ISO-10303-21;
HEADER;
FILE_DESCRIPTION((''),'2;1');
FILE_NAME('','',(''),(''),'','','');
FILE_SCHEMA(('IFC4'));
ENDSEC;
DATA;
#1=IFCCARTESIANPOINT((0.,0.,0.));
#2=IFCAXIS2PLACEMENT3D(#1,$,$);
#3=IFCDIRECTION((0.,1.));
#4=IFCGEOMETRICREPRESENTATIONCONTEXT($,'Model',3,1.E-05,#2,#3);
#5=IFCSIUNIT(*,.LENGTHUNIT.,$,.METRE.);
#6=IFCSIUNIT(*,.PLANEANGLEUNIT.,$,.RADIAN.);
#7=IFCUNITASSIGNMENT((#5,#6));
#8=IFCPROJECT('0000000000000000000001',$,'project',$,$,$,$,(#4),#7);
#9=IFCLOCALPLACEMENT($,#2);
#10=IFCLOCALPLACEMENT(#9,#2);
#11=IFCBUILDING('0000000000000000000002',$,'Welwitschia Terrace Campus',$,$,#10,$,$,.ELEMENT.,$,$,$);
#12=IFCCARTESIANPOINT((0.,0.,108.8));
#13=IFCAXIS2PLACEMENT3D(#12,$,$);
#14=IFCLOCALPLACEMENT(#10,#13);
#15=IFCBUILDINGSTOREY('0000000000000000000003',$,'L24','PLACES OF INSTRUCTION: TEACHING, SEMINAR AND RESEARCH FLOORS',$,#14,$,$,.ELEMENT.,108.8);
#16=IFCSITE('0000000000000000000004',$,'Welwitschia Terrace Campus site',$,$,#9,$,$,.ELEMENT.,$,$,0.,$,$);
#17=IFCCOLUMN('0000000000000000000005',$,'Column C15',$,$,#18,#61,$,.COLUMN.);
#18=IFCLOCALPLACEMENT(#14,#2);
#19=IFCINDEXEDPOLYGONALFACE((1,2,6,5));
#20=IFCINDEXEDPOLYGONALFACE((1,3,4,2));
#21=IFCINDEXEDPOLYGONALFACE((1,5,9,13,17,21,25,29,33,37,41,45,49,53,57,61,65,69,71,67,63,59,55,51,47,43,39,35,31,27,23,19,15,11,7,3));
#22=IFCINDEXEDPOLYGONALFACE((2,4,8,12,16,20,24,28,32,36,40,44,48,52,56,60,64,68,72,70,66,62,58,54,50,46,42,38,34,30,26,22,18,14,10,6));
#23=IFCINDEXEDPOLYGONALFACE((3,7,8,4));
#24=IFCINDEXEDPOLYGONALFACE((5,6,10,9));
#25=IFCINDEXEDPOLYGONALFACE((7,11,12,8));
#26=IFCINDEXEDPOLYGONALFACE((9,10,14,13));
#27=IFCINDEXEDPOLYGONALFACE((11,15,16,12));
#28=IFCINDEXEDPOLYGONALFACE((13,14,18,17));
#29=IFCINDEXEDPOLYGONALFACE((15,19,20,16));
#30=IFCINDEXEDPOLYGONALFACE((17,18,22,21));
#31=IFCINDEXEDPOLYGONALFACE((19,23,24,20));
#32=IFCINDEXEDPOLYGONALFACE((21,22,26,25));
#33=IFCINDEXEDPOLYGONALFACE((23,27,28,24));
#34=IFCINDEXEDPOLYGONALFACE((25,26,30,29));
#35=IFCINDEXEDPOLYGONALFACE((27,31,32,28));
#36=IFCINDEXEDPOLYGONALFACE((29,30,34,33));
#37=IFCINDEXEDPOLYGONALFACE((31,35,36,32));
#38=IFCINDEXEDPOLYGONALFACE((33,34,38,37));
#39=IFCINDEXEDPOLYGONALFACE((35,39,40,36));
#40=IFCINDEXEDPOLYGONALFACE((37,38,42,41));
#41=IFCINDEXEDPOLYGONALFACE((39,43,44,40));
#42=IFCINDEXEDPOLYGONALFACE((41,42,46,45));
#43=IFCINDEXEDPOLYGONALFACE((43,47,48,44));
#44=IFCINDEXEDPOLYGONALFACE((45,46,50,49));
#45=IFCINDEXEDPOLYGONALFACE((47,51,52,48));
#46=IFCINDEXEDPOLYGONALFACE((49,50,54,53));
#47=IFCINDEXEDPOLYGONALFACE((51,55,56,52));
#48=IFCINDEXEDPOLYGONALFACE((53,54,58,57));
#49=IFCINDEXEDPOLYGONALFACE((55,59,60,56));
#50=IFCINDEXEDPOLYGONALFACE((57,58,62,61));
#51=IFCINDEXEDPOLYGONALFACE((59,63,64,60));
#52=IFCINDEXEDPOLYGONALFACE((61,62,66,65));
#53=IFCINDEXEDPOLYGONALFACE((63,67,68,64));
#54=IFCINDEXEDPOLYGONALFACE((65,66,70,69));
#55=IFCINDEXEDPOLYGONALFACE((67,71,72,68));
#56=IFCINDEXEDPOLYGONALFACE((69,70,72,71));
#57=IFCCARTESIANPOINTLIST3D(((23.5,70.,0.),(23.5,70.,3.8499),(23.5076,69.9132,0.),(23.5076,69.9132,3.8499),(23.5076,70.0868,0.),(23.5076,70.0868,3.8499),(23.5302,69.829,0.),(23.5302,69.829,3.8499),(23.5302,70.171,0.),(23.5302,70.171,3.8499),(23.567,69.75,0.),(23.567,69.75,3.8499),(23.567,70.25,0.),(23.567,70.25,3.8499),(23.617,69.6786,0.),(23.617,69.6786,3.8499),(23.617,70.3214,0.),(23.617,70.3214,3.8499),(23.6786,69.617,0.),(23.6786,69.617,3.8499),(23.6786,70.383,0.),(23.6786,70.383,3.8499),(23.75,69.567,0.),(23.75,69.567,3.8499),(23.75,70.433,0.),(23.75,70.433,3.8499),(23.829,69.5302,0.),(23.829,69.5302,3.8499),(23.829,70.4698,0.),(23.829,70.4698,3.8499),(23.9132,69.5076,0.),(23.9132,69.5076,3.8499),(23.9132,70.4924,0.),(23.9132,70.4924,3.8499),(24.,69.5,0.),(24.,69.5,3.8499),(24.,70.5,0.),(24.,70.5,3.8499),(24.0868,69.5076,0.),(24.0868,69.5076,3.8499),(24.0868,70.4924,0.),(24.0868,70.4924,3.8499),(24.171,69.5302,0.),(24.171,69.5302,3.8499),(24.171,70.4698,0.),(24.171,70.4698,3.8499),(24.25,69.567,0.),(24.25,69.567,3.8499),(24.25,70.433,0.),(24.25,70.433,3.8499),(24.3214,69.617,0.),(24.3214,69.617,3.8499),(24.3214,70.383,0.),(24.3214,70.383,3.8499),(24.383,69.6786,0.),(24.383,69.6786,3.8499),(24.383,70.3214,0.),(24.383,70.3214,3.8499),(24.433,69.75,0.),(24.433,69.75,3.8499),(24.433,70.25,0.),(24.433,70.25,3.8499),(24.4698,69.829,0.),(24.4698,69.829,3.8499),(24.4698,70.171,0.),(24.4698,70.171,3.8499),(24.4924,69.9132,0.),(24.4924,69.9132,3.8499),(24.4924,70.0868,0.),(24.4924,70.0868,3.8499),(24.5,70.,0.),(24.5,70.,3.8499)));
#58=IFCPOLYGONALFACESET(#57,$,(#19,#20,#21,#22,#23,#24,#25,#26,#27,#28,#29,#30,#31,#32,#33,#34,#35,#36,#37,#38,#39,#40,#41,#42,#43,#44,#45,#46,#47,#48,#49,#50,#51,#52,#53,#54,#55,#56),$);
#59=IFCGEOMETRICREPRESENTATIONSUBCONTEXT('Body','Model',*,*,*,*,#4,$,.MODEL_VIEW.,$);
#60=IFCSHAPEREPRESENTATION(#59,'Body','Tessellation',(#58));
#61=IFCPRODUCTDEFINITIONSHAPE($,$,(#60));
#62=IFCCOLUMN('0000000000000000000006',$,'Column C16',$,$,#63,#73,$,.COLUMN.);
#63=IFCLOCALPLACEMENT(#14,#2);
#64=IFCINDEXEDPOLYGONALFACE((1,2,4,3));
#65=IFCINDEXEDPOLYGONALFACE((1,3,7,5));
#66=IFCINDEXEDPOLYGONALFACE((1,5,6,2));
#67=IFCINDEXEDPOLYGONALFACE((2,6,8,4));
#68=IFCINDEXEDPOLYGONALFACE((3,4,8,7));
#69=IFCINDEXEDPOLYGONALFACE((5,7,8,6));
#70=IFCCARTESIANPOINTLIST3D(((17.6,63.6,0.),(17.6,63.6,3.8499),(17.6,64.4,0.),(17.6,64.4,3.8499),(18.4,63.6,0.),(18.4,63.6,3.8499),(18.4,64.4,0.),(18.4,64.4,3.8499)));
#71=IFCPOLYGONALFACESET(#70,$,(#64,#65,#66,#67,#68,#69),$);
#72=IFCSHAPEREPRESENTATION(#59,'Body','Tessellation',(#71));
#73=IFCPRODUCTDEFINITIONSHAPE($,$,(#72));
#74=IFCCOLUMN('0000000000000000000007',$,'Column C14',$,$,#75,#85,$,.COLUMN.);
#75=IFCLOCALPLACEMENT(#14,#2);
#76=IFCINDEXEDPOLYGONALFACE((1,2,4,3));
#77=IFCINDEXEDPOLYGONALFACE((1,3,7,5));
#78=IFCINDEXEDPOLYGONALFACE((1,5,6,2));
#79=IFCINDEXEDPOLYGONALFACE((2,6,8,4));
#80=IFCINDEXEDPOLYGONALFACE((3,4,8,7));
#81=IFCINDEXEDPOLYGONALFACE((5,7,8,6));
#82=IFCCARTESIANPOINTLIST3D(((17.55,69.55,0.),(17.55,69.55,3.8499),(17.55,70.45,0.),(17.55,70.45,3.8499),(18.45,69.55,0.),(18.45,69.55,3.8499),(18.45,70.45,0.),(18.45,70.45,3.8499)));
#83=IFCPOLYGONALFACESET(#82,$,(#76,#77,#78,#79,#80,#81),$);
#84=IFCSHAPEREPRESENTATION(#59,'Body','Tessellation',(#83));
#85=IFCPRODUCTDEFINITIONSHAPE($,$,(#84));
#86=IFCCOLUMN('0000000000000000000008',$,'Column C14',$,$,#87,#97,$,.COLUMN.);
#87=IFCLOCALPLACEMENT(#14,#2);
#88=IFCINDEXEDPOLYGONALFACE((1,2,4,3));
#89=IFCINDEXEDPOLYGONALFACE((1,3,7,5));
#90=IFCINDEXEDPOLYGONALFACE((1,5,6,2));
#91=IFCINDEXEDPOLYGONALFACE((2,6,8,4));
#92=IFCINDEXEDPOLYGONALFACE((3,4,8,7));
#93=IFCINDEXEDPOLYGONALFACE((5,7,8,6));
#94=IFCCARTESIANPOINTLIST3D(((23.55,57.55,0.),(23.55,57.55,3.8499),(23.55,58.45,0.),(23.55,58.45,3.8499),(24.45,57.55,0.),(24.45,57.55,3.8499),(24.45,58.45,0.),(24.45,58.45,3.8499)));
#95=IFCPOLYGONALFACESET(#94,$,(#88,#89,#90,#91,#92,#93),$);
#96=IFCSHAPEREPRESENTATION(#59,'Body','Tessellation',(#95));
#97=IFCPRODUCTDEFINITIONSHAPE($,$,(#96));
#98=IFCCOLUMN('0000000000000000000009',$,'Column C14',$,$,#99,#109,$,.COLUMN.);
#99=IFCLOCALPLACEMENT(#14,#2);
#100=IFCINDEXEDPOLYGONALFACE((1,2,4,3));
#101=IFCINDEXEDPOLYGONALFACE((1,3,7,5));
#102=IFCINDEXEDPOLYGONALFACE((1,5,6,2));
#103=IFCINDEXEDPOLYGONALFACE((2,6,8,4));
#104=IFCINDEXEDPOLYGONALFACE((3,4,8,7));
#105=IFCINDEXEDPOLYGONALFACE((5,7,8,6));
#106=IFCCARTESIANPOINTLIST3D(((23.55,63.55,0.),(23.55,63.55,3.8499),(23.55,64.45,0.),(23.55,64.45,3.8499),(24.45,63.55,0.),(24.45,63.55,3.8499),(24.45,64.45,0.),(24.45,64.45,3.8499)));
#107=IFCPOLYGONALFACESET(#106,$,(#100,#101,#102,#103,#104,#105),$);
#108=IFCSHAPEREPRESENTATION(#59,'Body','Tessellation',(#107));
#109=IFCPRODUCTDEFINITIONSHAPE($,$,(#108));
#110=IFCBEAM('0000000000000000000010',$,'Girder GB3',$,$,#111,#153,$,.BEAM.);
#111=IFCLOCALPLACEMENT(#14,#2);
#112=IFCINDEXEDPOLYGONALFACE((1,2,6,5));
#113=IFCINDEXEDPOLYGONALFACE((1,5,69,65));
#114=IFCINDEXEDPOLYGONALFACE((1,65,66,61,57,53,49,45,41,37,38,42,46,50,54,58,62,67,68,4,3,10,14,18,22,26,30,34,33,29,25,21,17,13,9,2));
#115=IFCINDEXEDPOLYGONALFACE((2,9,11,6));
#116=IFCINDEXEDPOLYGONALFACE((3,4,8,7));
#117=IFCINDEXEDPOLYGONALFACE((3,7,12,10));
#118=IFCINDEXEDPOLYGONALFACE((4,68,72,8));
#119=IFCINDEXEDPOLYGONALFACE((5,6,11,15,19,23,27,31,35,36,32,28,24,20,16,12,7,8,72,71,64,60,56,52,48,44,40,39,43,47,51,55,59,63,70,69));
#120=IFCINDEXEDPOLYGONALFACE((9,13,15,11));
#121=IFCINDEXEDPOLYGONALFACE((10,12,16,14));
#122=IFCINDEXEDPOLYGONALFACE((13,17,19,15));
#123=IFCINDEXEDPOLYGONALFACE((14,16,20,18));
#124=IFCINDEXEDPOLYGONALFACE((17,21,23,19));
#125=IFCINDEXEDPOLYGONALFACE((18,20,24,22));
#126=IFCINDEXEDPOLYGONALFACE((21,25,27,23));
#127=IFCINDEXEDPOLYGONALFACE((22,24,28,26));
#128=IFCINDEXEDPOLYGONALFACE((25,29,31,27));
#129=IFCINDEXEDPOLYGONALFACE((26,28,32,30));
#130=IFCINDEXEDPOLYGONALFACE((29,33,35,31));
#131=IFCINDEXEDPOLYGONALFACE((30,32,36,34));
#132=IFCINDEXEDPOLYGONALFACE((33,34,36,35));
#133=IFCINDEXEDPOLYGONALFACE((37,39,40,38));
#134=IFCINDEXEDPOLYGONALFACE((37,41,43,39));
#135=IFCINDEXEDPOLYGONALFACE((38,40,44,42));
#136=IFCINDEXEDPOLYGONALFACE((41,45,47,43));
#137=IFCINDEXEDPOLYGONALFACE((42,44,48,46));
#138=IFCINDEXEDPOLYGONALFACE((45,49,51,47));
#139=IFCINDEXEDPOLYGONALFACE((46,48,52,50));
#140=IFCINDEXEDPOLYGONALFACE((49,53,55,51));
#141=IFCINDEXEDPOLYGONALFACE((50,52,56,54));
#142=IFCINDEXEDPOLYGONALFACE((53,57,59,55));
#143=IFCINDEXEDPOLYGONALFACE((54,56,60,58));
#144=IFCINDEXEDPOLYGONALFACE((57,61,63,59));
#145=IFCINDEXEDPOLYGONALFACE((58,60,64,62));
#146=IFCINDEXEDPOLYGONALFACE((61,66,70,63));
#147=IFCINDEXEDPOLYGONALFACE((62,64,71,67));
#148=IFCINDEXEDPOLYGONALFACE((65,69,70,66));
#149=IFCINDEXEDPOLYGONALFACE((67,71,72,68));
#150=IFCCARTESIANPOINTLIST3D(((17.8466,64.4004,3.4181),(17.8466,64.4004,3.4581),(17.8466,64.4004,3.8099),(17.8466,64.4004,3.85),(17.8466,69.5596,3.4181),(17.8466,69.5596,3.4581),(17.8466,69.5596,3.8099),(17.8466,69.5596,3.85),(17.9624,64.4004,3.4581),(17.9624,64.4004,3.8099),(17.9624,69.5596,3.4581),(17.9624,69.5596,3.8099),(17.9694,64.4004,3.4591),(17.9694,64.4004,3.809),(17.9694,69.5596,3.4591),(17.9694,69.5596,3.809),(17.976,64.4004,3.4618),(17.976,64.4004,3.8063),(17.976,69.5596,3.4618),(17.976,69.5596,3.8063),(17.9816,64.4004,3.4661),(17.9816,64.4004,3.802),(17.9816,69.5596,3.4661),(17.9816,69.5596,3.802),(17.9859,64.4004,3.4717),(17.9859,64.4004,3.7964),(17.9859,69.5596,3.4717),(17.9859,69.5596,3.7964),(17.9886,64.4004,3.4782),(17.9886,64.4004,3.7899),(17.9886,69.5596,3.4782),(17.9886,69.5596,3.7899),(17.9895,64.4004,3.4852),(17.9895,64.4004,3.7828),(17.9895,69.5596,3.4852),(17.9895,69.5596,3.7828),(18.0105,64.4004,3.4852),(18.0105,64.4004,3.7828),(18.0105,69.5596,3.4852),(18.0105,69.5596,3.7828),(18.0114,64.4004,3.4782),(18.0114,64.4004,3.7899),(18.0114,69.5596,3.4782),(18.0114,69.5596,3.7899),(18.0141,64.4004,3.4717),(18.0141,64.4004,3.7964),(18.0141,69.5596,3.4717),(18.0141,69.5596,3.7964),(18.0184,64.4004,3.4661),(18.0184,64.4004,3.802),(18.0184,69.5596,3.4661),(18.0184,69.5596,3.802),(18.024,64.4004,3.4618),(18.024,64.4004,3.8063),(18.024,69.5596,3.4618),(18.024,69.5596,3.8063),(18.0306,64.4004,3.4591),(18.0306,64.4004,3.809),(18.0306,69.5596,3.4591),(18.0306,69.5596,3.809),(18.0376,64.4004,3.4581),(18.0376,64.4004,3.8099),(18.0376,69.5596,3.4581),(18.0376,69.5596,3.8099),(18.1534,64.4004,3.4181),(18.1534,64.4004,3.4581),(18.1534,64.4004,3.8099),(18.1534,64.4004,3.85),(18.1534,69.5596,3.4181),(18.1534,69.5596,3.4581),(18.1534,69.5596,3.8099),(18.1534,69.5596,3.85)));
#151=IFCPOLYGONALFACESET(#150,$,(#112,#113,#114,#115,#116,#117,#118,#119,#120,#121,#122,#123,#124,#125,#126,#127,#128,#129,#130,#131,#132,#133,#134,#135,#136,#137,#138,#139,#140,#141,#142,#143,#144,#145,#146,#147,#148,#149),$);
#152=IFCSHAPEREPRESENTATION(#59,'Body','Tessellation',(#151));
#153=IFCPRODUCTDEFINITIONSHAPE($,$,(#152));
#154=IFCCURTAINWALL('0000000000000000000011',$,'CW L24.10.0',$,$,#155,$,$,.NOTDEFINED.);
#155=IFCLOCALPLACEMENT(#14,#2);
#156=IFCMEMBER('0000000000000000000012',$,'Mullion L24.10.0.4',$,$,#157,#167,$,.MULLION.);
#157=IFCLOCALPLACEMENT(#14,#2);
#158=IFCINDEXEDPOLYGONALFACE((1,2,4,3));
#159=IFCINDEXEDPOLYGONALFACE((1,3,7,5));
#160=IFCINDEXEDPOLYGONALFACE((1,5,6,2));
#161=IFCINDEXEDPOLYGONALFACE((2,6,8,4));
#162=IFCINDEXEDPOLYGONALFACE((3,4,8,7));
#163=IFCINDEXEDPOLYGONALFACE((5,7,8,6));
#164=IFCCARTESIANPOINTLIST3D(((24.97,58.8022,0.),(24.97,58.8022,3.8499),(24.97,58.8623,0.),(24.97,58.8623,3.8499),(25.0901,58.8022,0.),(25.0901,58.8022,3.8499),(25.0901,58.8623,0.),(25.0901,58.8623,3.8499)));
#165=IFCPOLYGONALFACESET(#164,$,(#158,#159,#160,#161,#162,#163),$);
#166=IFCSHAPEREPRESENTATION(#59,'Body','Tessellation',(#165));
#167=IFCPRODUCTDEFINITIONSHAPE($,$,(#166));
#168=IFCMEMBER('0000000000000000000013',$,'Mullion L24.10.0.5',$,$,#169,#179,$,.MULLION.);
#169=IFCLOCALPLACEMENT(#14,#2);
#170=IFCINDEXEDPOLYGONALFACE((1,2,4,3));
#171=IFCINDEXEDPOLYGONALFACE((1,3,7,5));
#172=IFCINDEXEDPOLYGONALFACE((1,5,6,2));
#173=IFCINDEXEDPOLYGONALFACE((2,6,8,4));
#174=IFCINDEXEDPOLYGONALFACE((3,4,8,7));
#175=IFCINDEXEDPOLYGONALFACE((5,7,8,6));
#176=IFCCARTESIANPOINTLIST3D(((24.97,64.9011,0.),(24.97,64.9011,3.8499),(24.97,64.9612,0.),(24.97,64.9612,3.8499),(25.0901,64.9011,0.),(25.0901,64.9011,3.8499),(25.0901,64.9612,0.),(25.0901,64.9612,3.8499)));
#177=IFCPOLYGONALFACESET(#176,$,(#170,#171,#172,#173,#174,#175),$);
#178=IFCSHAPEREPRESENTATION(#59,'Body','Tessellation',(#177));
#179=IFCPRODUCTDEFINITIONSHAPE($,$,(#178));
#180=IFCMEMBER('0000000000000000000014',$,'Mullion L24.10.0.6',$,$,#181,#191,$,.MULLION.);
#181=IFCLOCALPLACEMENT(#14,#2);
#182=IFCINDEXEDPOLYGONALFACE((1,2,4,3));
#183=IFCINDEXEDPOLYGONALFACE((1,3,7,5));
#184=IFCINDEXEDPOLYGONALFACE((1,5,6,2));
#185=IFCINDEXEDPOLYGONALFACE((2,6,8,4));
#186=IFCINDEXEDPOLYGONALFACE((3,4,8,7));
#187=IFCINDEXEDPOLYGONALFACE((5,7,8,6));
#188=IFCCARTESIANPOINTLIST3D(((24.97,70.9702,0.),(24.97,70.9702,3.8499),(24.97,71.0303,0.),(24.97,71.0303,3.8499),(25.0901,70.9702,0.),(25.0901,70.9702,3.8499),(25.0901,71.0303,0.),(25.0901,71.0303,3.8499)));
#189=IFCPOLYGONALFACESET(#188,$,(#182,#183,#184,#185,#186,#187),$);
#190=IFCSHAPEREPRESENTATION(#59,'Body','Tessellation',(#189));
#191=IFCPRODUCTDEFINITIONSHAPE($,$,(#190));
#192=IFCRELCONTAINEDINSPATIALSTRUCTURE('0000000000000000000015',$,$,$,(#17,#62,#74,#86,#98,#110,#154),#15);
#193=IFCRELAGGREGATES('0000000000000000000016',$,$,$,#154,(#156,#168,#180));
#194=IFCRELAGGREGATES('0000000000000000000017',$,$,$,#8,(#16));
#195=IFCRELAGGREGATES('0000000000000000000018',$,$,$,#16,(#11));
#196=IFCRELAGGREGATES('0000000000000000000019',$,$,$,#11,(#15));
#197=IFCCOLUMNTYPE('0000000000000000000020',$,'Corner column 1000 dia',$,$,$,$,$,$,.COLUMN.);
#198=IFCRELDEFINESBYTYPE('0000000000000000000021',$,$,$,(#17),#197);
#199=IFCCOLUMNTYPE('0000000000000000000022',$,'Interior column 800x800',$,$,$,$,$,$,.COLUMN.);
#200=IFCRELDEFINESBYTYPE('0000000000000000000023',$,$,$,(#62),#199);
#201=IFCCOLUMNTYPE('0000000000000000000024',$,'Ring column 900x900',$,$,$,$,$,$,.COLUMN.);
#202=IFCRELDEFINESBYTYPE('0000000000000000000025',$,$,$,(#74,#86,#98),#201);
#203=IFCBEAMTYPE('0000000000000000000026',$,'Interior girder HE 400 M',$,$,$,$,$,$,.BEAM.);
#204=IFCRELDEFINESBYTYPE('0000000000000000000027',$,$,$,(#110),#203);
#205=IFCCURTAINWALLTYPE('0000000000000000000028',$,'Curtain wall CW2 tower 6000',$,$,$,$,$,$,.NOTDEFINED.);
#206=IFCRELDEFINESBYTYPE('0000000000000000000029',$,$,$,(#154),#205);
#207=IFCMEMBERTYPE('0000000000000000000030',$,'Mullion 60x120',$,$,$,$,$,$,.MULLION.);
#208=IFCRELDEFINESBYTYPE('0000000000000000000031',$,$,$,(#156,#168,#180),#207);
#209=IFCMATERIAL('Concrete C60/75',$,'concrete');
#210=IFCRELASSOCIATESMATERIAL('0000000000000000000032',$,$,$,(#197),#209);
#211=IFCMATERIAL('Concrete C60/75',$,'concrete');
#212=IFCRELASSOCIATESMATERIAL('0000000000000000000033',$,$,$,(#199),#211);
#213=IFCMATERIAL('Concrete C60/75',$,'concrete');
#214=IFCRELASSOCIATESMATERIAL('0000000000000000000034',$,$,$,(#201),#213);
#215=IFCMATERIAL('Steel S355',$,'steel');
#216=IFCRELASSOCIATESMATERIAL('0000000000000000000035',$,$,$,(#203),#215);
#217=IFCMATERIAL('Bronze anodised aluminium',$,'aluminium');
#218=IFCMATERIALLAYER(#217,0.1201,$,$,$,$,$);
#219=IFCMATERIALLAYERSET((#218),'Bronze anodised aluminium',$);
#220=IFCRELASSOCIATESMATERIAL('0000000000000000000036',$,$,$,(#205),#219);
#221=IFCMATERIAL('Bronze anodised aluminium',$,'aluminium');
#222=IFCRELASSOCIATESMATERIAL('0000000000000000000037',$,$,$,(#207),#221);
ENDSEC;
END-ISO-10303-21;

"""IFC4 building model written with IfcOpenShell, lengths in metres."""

from ifc_helpers import new_model, si_unit, direction, frame, origin, origin_2d, place, context, subcontext, project, spatial, rectangle, circle, i_section, extrude, material, layer, layer_set, material_profile, profile_set, type_object, element, aggregate, save


model = new_model("IFC4")

# Units and contexts
model_context = context("Model", 3, precision=1e-05, world=origin(), true_north=direction((0.0, 1.0)))
body_context = subcontext(model_context, "Body", "Model", "MODEL_VIEW")
ifc_project = project(units=[si_unit("LENGTHUNIT", "METRE"), si_unit("PLANEANGLEUNIT", "RADIAN")], contexts=[model_context])

# Site, building, storey
site_placement = place(None, origin())
site = spatial("IfcSite", under=ifc_project, at=site_placement, Name="Welwitschia Terrace Campus site", CompositionType="ELEMENT", RefElevation=0.0)
building_placement = place(site_placement, origin())
building = spatial("IfcBuilding", under=site, at=building_placement, Name="Welwitschia Terrace Campus", CompositionType="ELEMENT")
storey_placement = place(building_placement, frame((0.0, 0.0, 108.8)))
storey = spatial("IfcBuildingStorey", under=building, at=storey_placement, Name="L24", Description="PLACES OF INSTRUCTION: TEACHING, SEMINAR AND RESEARCH FLOORS", CompositionType="ELEMENT", Elevation=108.8)

# Columns
ifc_material_1 = material(Name="Concrete C60/75", Category="concrete")
ifc_material_profile_1 = material_profile(ifc_material_1, circle(Radius=0.5, at=origin_2d()))
ifc_profile_set_1 = profile_set([ifc_material_profile_1], Name="Concrete C60/75")
column_type_1 = type_object("IfcColumnType", Name="Corner column 1000 dia", PredefinedType="COLUMN", material=ifc_profile_set_1)
column_1_placement = place(storey_placement, frame((24.0, 70.0, 0.0), z_axis=(0.0, 0.0, 1.0), x_axis=(1.0, 0.0, 0.0)))
element("IfcColumn", 1, at=column_1_placement, inside=storey, type_object=column_type_1, Name="Column C15", PredefinedType="COLUMN", context=body_context, shape_type="SweptSolid", body=[
    extrude(circle(Radius=0.5, at=origin_2d()), origin(), (0.0, 0.0, 1.0), 3.8499),
])
ifc_material_2 = material(Name="Concrete C60/75", Category="concrete")
ifc_material_profile_2 = material_profile(ifc_material_2, rectangle(XDim=0.8, YDim=0.8, at=origin_2d()))
ifc_profile_set_2 = profile_set([ifc_material_profile_2], Name="Concrete C60/75")
column_type_2 = type_object("IfcColumnType", Name="Interior column 800x800", PredefinedType="COLUMN", material=ifc_profile_set_2)
column_2_placement = place(storey_placement, frame((18.0, 64.0, 0.0), z_axis=(0.0, 0.0, 1.0), x_axis=(1.0, 0.0, 0.0)))
element("IfcColumn", 2, at=column_2_placement, inside=storey, type_object=column_type_2, Name="Column C16", PredefinedType="COLUMN", context=body_context, shape_type="SweptSolid", body=[
    extrude(rectangle(XDim=0.8, YDim=0.8, at=origin_2d()), origin(), (0.0, 0.0, 1.0), 3.8499),
])
ifc_material_3 = material(Name="Concrete C60/75", Category="concrete")
ifc_material_profile_3 = material_profile(ifc_material_3, rectangle(XDim=0.8999, YDim=0.8999, at=origin_2d()))
ifc_profile_set_3 = profile_set([ifc_material_profile_3], Name="Concrete C60/75")
column_type_3 = type_object("IfcColumnType", Name="Ring column 900x900", PredefinedType="COLUMN", material=ifc_profile_set_3)
for number, where, z_axis, x_axis, name in (
    (3, (18.0, 70.0, 0.0), (0.0, 0.0, 1.0), (1.0, 0.0, 0.0), "Column C14"),
    (4, (24.0, 58.0, 0.0), (0.0, 0.0, 1.0), (1.0, 0.0, 0.0), "Column C14"),
    (5, (24.0, 64.0, 0.0), (0.0, 0.0, 1.0), (1.0, 0.0, 0.0), "Column C14"),
):
    element("IfcColumn", number, at=place(storey_placement, frame(where, z_axis=z_axis, x_axis=x_axis)), inside=storey, type_object=column_type_3, Name=name, PredefinedType="COLUMN", context=body_context, shape_type="SweptSolid", body=[
        extrude(rectangle(XDim=0.8999, YDim=0.8999, at=origin_2d()), origin(), (0.0, 0.0, 1.0), 3.8499),
    ])

# Beam
ifc_material_4 = material(Name="Steel S355", Category="steel")
ifc_material_profile_4 = material_profile(ifc_material_4, i_section(OverallWidth=0.3069, OverallDepth=0.4319, WebThickness=0.021, FlangeThickness=0.04, FilletRadius=0.0271, at=origin_2d()))
ifc_profile_set_4 = profile_set([ifc_material_profile_4], Name="Steel S355")
beam_type_1 = type_object("IfcBeamType", Name="Interior girder HE 400 M", PredefinedType="BEAM", material=ifc_profile_set_4)
beam_1_placement = place(storey_placement, frame((18.0, 64.4004, 3.634), z_axis=(0.0, 1.0, 0.0), x_axis=(-1.0, 0.0, 0.0)))
element("IfcBeam", 6, at=beam_1_placement, inside=storey, type_object=beam_type_1, Name="Girder GB3", PredefinedType="BEAM", context=body_context, shape_type="SweptSolid", body=[
    extrude(i_section(OverallWidth=0.3069, OverallDepth=0.4319, WebThickness=0.021, FlangeThickness=0.04, FilletRadius=0.0271, at=origin_2d()), origin(), (0.0, 0.0, 1.0), 5.1592),
])

# Curtain wall, members
ifc_material_5 = material(Name="Bronze anodised aluminium", Category="aluminium")
ifc_layer_1 = layer(ifc_material_5, 0.1201)
ifc_layer_set_1 = layer_set([ifc_layer_1], Name="Bronze anodised aluminium")
curtain_wall_type = type_object("IfcCurtainWallType", Name="Curtain wall CW2 tower 6000", PredefinedType="NOTDEFINED", material=ifc_layer_set_1)
curtain_wall_1_placement = place(storey_placement, origin())
curtain_wall_1 = element("IfcCurtainWall", 7, at=curtain_wall_1_placement, inside=storey, type_object=curtain_wall_type, Name="CW L24.10.0", PredefinedType="NOTDEFINED")
ifc_material_6 = material(Name="Bronze anodised aluminium", Category="aluminium")
ifc_material_profile_5 = material_profile(ifc_material_6, rectangle(XDim=0.1201, YDim=0.0601, at=origin_2d()))
ifc_profile_set_5 = profile_set([ifc_material_profile_5], Name="Bronze anodised aluminium")
member_type_1 = type_object("IfcMemberType", Name="Mullion 60x120", PredefinedType="MULLION", material=ifc_profile_set_5)
member_1_placement = place(storey_placement, frame((25.03, 58.8323, 0.0), z_axis=(0.0, 0.0, 1.0), x_axis=(-1.0, 0.0, 0.0)))
member_1 = element("IfcMember", 8, at=member_1_placement, type_object=member_type_1, Name="Mullion L24.10.0.4", PredefinedType="MULLION", context=body_context, shape_type="SweptSolid", body=[
    extrude(rectangle(XDim=0.1201, YDim=0.0601, at=origin_2d()), origin(), (0.0, 0.0, 1.0), 3.8499),
])
member_2_placement = place(storey_placement, frame((25.03, 64.9312, 0.0), z_axis=(0.0, 0.0, 1.0), x_axis=(-1.0, 0.0, 0.0)))
member_2 = element("IfcMember", 9, at=member_2_placement, type_object=member_type_1, Name="Mullion L24.10.0.5", PredefinedType="MULLION", context=body_context, shape_type="SweptSolid", body=[
    extrude(rectangle(XDim=0.1201, YDim=0.0601, at=origin_2d()), origin(), (0.0, 0.0, 1.0), 3.8499),
])
member_3_placement = place(storey_placement, frame((25.03, 71.0002, 0.0), z_axis=(0.0, 0.0, 1.0), x_axis=(-1.0, 0.0, 0.0)))
member_3 = element("IfcMember", 10, at=member_3_placement, type_object=member_type_1, Name="Mullion L24.10.0.6", PredefinedType="MULLION", context=body_context, shape_type="SweptSolid", body=[
    extrude(rectangle(XDim=0.1201, YDim=0.0601, at=origin_2d()), origin(), (0.0, 0.0, 1.0), 3.8499),
])

aggregate(curtain_wall_1, [member_1, member_2, member_3])

save(model, "model.ifc")
